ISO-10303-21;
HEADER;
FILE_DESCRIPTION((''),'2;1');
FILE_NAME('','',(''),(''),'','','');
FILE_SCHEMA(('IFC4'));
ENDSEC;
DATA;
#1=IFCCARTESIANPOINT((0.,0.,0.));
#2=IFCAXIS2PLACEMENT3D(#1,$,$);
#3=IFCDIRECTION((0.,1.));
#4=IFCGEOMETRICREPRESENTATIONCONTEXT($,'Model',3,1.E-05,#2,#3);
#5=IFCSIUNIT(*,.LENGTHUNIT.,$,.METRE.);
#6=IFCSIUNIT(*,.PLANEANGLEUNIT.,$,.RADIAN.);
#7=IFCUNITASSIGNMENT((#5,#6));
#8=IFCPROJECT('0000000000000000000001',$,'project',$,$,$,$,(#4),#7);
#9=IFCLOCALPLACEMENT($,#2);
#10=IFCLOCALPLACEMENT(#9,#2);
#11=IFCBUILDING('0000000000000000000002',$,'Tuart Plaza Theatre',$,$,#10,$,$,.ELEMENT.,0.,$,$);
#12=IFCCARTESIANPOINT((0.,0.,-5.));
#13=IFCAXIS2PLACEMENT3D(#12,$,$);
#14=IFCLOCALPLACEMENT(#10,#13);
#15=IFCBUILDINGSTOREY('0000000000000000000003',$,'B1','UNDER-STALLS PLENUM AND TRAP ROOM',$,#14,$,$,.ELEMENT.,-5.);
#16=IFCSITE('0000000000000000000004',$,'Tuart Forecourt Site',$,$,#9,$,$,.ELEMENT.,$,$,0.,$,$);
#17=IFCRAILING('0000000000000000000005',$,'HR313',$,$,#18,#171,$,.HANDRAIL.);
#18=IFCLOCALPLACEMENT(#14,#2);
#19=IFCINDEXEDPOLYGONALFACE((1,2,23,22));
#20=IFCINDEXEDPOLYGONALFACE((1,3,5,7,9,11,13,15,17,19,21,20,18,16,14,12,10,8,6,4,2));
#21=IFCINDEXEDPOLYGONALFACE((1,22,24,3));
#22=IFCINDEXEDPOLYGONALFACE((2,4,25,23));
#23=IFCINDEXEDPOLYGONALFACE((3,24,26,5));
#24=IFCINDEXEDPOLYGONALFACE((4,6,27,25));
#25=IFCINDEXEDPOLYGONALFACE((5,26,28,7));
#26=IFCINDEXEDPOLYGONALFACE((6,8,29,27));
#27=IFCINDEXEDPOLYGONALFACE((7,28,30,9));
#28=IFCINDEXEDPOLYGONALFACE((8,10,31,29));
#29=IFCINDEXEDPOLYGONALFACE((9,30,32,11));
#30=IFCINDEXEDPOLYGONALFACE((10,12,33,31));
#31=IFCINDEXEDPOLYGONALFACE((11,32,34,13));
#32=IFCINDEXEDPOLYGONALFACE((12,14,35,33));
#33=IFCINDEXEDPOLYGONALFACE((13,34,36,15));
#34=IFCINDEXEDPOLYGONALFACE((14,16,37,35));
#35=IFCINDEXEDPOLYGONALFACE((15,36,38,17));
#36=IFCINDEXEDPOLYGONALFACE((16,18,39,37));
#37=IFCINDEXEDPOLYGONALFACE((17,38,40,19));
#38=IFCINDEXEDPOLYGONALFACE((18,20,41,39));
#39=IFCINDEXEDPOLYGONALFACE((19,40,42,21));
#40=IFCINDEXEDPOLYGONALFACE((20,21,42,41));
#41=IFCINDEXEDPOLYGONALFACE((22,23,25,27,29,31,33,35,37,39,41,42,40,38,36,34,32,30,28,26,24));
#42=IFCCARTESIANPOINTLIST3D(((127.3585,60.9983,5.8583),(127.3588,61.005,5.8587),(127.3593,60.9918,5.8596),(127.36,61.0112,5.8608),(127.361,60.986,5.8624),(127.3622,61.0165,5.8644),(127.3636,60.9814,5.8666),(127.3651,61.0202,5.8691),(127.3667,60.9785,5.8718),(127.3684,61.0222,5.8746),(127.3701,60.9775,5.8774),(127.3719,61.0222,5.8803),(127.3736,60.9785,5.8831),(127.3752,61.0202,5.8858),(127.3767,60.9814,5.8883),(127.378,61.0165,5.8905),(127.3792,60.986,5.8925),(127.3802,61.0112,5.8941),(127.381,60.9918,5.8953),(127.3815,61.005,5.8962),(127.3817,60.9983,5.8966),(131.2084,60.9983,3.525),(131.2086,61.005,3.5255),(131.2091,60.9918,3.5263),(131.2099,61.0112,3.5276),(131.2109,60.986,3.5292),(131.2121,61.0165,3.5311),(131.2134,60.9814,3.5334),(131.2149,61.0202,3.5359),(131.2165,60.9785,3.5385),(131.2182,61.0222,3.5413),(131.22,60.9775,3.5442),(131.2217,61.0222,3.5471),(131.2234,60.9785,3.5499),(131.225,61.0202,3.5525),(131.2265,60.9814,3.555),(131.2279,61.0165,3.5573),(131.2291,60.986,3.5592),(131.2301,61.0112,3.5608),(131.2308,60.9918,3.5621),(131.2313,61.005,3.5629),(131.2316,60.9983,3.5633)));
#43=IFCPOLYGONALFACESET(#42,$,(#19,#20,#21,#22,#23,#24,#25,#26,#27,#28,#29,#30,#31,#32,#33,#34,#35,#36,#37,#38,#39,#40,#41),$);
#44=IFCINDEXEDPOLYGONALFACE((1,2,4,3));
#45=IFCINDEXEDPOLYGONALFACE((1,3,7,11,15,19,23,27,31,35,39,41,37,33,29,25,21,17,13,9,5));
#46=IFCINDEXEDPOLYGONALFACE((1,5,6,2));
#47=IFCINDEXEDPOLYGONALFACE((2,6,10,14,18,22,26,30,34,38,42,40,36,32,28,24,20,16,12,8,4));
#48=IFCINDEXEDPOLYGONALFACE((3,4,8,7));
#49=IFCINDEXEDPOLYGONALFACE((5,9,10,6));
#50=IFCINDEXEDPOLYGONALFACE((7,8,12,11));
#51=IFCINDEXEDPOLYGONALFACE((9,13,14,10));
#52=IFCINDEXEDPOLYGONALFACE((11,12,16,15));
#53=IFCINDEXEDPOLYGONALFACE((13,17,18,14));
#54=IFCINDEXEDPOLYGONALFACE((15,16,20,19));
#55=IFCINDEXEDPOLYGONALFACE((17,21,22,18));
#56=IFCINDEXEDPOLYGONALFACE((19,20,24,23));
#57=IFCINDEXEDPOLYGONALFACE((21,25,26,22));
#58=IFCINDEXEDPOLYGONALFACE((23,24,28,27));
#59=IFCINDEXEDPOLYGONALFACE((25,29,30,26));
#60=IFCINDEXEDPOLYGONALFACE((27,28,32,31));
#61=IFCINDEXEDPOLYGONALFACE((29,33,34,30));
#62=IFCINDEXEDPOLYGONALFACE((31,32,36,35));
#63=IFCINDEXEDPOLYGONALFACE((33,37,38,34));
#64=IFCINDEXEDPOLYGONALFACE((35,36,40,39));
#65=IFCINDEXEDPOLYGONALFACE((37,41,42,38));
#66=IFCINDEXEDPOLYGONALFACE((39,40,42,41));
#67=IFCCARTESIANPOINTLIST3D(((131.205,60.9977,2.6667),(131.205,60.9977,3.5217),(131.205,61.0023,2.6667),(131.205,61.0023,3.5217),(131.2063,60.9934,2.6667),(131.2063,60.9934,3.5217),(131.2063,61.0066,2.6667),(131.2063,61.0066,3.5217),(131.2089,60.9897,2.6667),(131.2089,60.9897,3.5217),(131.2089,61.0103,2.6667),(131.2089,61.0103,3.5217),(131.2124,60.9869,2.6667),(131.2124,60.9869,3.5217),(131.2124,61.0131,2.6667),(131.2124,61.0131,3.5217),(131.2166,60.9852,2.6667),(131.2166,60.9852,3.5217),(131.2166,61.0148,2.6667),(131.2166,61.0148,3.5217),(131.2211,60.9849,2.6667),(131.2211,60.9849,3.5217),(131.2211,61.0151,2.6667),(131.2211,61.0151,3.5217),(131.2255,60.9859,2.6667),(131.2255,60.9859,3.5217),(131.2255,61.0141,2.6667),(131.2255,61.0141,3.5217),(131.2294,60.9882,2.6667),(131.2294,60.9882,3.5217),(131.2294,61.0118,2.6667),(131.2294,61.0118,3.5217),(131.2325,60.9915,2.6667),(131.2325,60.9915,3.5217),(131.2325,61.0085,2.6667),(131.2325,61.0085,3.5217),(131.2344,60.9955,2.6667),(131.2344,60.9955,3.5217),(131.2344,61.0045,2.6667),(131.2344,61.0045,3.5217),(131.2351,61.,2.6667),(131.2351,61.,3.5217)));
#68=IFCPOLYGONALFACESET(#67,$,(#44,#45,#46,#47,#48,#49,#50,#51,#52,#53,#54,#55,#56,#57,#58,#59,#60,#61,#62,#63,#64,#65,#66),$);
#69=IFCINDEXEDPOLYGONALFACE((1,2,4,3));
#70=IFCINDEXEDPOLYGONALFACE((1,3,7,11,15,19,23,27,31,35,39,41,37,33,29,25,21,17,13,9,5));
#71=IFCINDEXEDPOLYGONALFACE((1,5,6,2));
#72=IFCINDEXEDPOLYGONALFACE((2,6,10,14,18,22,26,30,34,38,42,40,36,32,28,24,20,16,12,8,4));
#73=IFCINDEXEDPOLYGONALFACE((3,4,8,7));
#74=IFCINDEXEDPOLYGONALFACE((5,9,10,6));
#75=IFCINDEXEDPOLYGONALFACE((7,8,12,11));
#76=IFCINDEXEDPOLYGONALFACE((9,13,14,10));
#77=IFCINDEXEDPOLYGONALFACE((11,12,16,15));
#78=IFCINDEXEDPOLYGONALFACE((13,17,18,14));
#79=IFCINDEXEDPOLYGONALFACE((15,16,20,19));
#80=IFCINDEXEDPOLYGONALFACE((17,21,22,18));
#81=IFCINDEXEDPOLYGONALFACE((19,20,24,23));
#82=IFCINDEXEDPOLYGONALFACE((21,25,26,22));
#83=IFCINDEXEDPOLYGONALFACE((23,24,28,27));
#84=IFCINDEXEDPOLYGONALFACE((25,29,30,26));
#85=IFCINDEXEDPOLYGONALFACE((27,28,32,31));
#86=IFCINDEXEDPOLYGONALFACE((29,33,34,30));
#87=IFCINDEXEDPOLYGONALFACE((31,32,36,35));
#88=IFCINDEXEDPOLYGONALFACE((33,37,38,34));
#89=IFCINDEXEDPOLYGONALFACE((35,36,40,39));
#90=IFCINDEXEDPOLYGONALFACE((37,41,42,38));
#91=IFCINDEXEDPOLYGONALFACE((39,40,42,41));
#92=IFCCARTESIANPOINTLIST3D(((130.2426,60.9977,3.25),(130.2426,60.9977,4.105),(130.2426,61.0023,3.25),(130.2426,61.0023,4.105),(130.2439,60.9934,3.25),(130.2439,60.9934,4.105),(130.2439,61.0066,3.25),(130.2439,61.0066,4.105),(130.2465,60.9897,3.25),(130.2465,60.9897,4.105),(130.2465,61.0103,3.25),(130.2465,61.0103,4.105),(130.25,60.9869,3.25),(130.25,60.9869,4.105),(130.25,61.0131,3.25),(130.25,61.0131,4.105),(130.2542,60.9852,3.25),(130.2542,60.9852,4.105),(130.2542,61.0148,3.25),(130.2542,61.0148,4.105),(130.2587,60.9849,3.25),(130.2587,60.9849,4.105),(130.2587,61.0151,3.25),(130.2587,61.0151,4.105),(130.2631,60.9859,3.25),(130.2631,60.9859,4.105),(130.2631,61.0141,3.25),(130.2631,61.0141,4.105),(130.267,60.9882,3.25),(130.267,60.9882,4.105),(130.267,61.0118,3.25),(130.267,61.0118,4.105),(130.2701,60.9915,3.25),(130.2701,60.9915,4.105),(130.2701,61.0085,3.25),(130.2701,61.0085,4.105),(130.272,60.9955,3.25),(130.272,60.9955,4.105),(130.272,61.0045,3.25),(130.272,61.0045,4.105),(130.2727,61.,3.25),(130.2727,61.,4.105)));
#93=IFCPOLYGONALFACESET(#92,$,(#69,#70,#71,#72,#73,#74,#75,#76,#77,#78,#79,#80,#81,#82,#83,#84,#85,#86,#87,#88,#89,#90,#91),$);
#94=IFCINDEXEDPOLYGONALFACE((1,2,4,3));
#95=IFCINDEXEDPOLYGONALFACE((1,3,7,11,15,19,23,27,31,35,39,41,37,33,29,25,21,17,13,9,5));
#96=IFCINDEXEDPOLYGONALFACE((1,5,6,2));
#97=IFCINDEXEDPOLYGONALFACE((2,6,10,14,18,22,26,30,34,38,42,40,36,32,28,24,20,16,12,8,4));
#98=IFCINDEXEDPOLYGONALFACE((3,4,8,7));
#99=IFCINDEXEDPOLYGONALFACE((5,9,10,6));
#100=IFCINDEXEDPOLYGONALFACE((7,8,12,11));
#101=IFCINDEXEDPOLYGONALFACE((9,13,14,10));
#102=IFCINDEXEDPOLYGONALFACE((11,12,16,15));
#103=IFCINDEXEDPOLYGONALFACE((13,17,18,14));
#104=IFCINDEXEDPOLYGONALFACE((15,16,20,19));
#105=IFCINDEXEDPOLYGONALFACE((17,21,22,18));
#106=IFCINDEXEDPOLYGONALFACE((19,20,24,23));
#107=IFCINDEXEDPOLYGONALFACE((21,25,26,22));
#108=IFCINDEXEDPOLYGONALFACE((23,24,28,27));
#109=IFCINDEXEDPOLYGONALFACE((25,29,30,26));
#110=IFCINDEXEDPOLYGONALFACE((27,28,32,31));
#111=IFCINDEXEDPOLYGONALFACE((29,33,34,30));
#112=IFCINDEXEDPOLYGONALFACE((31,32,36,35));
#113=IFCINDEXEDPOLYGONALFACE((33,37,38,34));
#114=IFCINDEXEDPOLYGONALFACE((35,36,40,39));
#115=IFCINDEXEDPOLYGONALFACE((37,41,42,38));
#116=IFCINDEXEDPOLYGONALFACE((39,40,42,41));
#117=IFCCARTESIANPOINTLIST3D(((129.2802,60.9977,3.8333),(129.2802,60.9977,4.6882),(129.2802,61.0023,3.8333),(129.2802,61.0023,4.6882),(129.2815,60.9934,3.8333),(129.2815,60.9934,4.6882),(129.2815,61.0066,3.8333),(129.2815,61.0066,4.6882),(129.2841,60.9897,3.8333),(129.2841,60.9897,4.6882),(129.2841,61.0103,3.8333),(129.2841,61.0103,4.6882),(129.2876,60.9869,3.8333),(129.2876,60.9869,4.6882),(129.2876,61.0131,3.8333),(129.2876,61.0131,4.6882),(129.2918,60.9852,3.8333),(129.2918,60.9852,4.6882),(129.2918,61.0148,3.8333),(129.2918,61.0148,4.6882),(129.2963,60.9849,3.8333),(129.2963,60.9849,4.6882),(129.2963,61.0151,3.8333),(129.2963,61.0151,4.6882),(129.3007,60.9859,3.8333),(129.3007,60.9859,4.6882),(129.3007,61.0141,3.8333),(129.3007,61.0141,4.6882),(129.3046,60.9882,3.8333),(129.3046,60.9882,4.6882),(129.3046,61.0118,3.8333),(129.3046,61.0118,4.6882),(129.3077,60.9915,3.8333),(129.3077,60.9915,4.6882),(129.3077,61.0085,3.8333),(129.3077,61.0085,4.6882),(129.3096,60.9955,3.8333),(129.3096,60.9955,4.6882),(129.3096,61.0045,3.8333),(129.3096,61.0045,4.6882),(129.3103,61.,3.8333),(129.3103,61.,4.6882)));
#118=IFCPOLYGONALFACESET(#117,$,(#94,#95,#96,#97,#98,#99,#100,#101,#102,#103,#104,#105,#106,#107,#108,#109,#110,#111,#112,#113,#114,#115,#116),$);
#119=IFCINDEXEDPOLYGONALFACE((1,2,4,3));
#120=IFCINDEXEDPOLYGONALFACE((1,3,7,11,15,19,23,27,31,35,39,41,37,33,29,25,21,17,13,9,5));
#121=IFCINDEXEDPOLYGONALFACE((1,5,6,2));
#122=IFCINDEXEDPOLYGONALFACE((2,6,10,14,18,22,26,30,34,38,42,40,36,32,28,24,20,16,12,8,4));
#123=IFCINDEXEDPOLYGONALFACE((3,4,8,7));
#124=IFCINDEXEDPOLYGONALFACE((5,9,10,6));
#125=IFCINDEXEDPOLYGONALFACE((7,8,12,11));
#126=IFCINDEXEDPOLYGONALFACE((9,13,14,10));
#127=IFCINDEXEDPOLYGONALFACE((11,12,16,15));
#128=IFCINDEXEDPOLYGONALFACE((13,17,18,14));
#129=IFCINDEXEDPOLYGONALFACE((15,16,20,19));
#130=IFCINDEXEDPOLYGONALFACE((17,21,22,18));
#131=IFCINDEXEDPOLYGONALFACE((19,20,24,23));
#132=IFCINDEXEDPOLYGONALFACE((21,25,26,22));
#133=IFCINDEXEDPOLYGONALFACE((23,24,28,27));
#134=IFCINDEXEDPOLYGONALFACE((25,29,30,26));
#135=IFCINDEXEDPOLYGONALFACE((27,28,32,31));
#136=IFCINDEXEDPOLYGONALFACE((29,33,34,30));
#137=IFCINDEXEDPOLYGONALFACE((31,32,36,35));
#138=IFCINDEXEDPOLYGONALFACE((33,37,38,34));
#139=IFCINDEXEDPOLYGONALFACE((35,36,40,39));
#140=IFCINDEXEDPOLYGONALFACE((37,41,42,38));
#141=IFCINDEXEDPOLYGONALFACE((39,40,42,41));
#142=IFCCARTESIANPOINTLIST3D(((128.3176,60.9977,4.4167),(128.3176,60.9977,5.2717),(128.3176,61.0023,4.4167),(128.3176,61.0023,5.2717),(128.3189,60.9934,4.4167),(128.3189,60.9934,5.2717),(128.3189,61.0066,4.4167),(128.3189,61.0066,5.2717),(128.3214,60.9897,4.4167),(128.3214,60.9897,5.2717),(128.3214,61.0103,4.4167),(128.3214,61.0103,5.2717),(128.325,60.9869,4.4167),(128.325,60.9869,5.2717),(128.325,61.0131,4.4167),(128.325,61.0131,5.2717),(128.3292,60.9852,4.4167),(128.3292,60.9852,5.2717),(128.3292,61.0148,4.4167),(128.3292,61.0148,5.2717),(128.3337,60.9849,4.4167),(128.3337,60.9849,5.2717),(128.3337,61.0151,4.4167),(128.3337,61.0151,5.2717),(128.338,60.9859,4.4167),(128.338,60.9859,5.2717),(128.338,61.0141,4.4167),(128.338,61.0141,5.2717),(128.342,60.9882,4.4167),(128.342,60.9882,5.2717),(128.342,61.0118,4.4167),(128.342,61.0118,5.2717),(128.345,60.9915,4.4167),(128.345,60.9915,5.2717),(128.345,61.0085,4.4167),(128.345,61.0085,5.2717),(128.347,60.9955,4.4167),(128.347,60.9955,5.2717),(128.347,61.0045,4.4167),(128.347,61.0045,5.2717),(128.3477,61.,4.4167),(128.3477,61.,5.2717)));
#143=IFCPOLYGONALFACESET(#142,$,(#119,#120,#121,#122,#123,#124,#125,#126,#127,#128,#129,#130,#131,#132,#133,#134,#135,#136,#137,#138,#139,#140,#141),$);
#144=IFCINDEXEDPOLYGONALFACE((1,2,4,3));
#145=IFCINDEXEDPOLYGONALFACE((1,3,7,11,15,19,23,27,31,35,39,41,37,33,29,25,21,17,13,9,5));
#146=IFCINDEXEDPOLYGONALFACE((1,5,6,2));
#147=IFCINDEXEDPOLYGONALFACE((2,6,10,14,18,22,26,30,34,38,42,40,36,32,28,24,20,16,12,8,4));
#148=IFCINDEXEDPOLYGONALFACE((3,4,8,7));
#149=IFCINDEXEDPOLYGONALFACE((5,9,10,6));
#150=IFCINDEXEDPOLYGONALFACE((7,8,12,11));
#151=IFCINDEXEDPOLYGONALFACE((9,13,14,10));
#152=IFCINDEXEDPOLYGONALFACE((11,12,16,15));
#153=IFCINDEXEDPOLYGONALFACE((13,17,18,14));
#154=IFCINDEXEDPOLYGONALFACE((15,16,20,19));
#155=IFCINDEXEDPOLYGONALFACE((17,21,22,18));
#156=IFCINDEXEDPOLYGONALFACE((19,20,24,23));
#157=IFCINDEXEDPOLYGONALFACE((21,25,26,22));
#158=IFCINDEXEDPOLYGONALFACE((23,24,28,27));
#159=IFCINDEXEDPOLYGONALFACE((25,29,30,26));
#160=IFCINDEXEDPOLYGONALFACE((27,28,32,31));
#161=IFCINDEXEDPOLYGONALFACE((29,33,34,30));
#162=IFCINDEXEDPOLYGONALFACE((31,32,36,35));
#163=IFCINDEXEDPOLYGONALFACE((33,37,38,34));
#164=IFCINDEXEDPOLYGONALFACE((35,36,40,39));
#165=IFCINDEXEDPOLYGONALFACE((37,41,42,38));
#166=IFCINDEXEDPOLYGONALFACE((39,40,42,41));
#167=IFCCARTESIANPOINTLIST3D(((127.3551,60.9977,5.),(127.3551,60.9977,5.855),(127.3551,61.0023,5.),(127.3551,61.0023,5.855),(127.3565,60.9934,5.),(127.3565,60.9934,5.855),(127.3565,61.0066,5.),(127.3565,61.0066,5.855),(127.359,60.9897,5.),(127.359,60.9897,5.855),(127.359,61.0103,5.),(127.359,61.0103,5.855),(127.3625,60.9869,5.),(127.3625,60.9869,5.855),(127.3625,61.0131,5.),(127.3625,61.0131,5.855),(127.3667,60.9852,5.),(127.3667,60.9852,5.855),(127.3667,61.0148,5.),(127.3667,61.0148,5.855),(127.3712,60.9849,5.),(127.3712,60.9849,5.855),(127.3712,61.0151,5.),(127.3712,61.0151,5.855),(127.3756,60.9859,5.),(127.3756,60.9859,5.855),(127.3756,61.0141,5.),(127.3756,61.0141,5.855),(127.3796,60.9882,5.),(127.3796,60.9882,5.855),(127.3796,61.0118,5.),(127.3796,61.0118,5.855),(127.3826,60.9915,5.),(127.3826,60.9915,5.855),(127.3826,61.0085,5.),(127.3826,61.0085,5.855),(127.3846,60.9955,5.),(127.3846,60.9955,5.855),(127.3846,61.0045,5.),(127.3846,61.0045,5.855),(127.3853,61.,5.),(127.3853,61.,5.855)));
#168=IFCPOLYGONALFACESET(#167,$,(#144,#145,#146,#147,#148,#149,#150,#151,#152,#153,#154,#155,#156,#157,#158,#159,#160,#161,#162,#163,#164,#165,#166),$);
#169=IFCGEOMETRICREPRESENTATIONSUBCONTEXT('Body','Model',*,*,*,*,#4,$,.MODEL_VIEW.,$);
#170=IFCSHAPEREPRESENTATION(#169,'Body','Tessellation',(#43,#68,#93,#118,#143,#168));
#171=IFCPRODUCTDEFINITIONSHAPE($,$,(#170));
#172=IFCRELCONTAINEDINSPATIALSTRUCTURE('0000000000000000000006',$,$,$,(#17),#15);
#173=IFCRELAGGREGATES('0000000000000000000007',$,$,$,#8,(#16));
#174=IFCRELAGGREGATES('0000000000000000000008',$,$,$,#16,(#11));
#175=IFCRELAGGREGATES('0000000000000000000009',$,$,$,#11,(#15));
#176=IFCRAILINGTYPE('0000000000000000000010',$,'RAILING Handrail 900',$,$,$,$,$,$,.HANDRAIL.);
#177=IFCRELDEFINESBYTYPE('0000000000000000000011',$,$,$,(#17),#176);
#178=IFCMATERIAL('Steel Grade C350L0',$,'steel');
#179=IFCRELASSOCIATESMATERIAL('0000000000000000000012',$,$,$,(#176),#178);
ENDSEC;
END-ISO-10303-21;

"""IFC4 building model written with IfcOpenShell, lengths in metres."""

from ifc_helpers import new_model, si_unit, direction, frame, origin, origin_2d, place, context, subcontext, project, spatial, circle, extrude, material, type_object, element, save


model = new_model("IFC4")

# Units and contexts
model_context = context("Model", 3, precision=1e-05, world=origin(), true_north=direction((0.0, 1.0)))
body_context = subcontext(model_context, "Body", "Model", "MODEL_VIEW")
ifc_project = project(units=[si_unit("LENGTHUNIT", "METRE"), si_unit("PLANEANGLEUNIT", "RADIAN")], contexts=[model_context])

# Site, building, storey
site_placement = place(None, origin())
site = spatial("IfcSite", under=ifc_project, at=site_placement, Name="Tuart Forecourt Site", CompositionType="ELEMENT", RefElevation=0.0)
building_placement = place(site_placement, origin())
building = spatial("IfcBuilding", under=site, at=building_placement, Name="Tuart Plaza Theatre", CompositionType="ELEMENT", ElevationOfRefHeight=0.0)
storey_placement = place(building_placement, frame((0.0, 0.0, -5.0)))
storey = spatial("IfcBuildingStorey", under=building, at=storey_placement, Name="B1", Description="UNDER-STALLS PLENUM AND TRAP ROOM", CompositionType="ELEMENT", Elevation=-5.0)

# Railing
ifc_material_1 = material(Name="Steel Grade C350L0", Category="steel")
railing_type_1 = type_object("IfcRailingType", Name="RAILING Handrail 900", PredefinedType="HANDRAIL", material=ifc_material_1)
for number, where, name in (
    (1, (131.22, 61.0, 2.6667), "HR313"),
):
    element("IfcRailing", number, at=place(storey_placement, frame(where)), inside=storey, type_object=railing_type_1, Name=name, PredefinedType="HANDRAIL", context=body_context, shape_type="SweptSolid", body=[
        extrude(circle(Radius=0.0225, at=origin_2d()), frame((0.0, 0.0, 0.8774), z_axis=(-0.855197, 0.0, 0.518303), x_axis=(0.0, -1.0, 0.0)), (0.0, 0.0, 1.0), 4.5017),
        extrude(circle(Radius=0.0151, at=origin_2d()), origin(), (0.0, 0.0, 1.0), 0.855),
        extrude(circle(Radius=0.0151, at=origin_2d()), frame((-0.9624, 0.0, 0.5833)), (0.0, 0.0, 1.0), 0.855),
        extrude(circle(Radius=0.0151, at=origin_2d()), frame((-1.9248, 0.0, 1.1665)), (0.0, 0.0, 1.0), 0.855),
        extrude(circle(Radius=0.0151, at=origin_2d()), frame((-2.8875, 0.0, 1.75)), (0.0, 0.0, 1.0), 0.855),
        extrude(circle(Radius=0.0151, at=origin_2d()), frame((-3.8499, 0.0, 2.3333)), (0.0, 0.0, 1.0), 0.855),
    ])

save(model, "model.ifc")
